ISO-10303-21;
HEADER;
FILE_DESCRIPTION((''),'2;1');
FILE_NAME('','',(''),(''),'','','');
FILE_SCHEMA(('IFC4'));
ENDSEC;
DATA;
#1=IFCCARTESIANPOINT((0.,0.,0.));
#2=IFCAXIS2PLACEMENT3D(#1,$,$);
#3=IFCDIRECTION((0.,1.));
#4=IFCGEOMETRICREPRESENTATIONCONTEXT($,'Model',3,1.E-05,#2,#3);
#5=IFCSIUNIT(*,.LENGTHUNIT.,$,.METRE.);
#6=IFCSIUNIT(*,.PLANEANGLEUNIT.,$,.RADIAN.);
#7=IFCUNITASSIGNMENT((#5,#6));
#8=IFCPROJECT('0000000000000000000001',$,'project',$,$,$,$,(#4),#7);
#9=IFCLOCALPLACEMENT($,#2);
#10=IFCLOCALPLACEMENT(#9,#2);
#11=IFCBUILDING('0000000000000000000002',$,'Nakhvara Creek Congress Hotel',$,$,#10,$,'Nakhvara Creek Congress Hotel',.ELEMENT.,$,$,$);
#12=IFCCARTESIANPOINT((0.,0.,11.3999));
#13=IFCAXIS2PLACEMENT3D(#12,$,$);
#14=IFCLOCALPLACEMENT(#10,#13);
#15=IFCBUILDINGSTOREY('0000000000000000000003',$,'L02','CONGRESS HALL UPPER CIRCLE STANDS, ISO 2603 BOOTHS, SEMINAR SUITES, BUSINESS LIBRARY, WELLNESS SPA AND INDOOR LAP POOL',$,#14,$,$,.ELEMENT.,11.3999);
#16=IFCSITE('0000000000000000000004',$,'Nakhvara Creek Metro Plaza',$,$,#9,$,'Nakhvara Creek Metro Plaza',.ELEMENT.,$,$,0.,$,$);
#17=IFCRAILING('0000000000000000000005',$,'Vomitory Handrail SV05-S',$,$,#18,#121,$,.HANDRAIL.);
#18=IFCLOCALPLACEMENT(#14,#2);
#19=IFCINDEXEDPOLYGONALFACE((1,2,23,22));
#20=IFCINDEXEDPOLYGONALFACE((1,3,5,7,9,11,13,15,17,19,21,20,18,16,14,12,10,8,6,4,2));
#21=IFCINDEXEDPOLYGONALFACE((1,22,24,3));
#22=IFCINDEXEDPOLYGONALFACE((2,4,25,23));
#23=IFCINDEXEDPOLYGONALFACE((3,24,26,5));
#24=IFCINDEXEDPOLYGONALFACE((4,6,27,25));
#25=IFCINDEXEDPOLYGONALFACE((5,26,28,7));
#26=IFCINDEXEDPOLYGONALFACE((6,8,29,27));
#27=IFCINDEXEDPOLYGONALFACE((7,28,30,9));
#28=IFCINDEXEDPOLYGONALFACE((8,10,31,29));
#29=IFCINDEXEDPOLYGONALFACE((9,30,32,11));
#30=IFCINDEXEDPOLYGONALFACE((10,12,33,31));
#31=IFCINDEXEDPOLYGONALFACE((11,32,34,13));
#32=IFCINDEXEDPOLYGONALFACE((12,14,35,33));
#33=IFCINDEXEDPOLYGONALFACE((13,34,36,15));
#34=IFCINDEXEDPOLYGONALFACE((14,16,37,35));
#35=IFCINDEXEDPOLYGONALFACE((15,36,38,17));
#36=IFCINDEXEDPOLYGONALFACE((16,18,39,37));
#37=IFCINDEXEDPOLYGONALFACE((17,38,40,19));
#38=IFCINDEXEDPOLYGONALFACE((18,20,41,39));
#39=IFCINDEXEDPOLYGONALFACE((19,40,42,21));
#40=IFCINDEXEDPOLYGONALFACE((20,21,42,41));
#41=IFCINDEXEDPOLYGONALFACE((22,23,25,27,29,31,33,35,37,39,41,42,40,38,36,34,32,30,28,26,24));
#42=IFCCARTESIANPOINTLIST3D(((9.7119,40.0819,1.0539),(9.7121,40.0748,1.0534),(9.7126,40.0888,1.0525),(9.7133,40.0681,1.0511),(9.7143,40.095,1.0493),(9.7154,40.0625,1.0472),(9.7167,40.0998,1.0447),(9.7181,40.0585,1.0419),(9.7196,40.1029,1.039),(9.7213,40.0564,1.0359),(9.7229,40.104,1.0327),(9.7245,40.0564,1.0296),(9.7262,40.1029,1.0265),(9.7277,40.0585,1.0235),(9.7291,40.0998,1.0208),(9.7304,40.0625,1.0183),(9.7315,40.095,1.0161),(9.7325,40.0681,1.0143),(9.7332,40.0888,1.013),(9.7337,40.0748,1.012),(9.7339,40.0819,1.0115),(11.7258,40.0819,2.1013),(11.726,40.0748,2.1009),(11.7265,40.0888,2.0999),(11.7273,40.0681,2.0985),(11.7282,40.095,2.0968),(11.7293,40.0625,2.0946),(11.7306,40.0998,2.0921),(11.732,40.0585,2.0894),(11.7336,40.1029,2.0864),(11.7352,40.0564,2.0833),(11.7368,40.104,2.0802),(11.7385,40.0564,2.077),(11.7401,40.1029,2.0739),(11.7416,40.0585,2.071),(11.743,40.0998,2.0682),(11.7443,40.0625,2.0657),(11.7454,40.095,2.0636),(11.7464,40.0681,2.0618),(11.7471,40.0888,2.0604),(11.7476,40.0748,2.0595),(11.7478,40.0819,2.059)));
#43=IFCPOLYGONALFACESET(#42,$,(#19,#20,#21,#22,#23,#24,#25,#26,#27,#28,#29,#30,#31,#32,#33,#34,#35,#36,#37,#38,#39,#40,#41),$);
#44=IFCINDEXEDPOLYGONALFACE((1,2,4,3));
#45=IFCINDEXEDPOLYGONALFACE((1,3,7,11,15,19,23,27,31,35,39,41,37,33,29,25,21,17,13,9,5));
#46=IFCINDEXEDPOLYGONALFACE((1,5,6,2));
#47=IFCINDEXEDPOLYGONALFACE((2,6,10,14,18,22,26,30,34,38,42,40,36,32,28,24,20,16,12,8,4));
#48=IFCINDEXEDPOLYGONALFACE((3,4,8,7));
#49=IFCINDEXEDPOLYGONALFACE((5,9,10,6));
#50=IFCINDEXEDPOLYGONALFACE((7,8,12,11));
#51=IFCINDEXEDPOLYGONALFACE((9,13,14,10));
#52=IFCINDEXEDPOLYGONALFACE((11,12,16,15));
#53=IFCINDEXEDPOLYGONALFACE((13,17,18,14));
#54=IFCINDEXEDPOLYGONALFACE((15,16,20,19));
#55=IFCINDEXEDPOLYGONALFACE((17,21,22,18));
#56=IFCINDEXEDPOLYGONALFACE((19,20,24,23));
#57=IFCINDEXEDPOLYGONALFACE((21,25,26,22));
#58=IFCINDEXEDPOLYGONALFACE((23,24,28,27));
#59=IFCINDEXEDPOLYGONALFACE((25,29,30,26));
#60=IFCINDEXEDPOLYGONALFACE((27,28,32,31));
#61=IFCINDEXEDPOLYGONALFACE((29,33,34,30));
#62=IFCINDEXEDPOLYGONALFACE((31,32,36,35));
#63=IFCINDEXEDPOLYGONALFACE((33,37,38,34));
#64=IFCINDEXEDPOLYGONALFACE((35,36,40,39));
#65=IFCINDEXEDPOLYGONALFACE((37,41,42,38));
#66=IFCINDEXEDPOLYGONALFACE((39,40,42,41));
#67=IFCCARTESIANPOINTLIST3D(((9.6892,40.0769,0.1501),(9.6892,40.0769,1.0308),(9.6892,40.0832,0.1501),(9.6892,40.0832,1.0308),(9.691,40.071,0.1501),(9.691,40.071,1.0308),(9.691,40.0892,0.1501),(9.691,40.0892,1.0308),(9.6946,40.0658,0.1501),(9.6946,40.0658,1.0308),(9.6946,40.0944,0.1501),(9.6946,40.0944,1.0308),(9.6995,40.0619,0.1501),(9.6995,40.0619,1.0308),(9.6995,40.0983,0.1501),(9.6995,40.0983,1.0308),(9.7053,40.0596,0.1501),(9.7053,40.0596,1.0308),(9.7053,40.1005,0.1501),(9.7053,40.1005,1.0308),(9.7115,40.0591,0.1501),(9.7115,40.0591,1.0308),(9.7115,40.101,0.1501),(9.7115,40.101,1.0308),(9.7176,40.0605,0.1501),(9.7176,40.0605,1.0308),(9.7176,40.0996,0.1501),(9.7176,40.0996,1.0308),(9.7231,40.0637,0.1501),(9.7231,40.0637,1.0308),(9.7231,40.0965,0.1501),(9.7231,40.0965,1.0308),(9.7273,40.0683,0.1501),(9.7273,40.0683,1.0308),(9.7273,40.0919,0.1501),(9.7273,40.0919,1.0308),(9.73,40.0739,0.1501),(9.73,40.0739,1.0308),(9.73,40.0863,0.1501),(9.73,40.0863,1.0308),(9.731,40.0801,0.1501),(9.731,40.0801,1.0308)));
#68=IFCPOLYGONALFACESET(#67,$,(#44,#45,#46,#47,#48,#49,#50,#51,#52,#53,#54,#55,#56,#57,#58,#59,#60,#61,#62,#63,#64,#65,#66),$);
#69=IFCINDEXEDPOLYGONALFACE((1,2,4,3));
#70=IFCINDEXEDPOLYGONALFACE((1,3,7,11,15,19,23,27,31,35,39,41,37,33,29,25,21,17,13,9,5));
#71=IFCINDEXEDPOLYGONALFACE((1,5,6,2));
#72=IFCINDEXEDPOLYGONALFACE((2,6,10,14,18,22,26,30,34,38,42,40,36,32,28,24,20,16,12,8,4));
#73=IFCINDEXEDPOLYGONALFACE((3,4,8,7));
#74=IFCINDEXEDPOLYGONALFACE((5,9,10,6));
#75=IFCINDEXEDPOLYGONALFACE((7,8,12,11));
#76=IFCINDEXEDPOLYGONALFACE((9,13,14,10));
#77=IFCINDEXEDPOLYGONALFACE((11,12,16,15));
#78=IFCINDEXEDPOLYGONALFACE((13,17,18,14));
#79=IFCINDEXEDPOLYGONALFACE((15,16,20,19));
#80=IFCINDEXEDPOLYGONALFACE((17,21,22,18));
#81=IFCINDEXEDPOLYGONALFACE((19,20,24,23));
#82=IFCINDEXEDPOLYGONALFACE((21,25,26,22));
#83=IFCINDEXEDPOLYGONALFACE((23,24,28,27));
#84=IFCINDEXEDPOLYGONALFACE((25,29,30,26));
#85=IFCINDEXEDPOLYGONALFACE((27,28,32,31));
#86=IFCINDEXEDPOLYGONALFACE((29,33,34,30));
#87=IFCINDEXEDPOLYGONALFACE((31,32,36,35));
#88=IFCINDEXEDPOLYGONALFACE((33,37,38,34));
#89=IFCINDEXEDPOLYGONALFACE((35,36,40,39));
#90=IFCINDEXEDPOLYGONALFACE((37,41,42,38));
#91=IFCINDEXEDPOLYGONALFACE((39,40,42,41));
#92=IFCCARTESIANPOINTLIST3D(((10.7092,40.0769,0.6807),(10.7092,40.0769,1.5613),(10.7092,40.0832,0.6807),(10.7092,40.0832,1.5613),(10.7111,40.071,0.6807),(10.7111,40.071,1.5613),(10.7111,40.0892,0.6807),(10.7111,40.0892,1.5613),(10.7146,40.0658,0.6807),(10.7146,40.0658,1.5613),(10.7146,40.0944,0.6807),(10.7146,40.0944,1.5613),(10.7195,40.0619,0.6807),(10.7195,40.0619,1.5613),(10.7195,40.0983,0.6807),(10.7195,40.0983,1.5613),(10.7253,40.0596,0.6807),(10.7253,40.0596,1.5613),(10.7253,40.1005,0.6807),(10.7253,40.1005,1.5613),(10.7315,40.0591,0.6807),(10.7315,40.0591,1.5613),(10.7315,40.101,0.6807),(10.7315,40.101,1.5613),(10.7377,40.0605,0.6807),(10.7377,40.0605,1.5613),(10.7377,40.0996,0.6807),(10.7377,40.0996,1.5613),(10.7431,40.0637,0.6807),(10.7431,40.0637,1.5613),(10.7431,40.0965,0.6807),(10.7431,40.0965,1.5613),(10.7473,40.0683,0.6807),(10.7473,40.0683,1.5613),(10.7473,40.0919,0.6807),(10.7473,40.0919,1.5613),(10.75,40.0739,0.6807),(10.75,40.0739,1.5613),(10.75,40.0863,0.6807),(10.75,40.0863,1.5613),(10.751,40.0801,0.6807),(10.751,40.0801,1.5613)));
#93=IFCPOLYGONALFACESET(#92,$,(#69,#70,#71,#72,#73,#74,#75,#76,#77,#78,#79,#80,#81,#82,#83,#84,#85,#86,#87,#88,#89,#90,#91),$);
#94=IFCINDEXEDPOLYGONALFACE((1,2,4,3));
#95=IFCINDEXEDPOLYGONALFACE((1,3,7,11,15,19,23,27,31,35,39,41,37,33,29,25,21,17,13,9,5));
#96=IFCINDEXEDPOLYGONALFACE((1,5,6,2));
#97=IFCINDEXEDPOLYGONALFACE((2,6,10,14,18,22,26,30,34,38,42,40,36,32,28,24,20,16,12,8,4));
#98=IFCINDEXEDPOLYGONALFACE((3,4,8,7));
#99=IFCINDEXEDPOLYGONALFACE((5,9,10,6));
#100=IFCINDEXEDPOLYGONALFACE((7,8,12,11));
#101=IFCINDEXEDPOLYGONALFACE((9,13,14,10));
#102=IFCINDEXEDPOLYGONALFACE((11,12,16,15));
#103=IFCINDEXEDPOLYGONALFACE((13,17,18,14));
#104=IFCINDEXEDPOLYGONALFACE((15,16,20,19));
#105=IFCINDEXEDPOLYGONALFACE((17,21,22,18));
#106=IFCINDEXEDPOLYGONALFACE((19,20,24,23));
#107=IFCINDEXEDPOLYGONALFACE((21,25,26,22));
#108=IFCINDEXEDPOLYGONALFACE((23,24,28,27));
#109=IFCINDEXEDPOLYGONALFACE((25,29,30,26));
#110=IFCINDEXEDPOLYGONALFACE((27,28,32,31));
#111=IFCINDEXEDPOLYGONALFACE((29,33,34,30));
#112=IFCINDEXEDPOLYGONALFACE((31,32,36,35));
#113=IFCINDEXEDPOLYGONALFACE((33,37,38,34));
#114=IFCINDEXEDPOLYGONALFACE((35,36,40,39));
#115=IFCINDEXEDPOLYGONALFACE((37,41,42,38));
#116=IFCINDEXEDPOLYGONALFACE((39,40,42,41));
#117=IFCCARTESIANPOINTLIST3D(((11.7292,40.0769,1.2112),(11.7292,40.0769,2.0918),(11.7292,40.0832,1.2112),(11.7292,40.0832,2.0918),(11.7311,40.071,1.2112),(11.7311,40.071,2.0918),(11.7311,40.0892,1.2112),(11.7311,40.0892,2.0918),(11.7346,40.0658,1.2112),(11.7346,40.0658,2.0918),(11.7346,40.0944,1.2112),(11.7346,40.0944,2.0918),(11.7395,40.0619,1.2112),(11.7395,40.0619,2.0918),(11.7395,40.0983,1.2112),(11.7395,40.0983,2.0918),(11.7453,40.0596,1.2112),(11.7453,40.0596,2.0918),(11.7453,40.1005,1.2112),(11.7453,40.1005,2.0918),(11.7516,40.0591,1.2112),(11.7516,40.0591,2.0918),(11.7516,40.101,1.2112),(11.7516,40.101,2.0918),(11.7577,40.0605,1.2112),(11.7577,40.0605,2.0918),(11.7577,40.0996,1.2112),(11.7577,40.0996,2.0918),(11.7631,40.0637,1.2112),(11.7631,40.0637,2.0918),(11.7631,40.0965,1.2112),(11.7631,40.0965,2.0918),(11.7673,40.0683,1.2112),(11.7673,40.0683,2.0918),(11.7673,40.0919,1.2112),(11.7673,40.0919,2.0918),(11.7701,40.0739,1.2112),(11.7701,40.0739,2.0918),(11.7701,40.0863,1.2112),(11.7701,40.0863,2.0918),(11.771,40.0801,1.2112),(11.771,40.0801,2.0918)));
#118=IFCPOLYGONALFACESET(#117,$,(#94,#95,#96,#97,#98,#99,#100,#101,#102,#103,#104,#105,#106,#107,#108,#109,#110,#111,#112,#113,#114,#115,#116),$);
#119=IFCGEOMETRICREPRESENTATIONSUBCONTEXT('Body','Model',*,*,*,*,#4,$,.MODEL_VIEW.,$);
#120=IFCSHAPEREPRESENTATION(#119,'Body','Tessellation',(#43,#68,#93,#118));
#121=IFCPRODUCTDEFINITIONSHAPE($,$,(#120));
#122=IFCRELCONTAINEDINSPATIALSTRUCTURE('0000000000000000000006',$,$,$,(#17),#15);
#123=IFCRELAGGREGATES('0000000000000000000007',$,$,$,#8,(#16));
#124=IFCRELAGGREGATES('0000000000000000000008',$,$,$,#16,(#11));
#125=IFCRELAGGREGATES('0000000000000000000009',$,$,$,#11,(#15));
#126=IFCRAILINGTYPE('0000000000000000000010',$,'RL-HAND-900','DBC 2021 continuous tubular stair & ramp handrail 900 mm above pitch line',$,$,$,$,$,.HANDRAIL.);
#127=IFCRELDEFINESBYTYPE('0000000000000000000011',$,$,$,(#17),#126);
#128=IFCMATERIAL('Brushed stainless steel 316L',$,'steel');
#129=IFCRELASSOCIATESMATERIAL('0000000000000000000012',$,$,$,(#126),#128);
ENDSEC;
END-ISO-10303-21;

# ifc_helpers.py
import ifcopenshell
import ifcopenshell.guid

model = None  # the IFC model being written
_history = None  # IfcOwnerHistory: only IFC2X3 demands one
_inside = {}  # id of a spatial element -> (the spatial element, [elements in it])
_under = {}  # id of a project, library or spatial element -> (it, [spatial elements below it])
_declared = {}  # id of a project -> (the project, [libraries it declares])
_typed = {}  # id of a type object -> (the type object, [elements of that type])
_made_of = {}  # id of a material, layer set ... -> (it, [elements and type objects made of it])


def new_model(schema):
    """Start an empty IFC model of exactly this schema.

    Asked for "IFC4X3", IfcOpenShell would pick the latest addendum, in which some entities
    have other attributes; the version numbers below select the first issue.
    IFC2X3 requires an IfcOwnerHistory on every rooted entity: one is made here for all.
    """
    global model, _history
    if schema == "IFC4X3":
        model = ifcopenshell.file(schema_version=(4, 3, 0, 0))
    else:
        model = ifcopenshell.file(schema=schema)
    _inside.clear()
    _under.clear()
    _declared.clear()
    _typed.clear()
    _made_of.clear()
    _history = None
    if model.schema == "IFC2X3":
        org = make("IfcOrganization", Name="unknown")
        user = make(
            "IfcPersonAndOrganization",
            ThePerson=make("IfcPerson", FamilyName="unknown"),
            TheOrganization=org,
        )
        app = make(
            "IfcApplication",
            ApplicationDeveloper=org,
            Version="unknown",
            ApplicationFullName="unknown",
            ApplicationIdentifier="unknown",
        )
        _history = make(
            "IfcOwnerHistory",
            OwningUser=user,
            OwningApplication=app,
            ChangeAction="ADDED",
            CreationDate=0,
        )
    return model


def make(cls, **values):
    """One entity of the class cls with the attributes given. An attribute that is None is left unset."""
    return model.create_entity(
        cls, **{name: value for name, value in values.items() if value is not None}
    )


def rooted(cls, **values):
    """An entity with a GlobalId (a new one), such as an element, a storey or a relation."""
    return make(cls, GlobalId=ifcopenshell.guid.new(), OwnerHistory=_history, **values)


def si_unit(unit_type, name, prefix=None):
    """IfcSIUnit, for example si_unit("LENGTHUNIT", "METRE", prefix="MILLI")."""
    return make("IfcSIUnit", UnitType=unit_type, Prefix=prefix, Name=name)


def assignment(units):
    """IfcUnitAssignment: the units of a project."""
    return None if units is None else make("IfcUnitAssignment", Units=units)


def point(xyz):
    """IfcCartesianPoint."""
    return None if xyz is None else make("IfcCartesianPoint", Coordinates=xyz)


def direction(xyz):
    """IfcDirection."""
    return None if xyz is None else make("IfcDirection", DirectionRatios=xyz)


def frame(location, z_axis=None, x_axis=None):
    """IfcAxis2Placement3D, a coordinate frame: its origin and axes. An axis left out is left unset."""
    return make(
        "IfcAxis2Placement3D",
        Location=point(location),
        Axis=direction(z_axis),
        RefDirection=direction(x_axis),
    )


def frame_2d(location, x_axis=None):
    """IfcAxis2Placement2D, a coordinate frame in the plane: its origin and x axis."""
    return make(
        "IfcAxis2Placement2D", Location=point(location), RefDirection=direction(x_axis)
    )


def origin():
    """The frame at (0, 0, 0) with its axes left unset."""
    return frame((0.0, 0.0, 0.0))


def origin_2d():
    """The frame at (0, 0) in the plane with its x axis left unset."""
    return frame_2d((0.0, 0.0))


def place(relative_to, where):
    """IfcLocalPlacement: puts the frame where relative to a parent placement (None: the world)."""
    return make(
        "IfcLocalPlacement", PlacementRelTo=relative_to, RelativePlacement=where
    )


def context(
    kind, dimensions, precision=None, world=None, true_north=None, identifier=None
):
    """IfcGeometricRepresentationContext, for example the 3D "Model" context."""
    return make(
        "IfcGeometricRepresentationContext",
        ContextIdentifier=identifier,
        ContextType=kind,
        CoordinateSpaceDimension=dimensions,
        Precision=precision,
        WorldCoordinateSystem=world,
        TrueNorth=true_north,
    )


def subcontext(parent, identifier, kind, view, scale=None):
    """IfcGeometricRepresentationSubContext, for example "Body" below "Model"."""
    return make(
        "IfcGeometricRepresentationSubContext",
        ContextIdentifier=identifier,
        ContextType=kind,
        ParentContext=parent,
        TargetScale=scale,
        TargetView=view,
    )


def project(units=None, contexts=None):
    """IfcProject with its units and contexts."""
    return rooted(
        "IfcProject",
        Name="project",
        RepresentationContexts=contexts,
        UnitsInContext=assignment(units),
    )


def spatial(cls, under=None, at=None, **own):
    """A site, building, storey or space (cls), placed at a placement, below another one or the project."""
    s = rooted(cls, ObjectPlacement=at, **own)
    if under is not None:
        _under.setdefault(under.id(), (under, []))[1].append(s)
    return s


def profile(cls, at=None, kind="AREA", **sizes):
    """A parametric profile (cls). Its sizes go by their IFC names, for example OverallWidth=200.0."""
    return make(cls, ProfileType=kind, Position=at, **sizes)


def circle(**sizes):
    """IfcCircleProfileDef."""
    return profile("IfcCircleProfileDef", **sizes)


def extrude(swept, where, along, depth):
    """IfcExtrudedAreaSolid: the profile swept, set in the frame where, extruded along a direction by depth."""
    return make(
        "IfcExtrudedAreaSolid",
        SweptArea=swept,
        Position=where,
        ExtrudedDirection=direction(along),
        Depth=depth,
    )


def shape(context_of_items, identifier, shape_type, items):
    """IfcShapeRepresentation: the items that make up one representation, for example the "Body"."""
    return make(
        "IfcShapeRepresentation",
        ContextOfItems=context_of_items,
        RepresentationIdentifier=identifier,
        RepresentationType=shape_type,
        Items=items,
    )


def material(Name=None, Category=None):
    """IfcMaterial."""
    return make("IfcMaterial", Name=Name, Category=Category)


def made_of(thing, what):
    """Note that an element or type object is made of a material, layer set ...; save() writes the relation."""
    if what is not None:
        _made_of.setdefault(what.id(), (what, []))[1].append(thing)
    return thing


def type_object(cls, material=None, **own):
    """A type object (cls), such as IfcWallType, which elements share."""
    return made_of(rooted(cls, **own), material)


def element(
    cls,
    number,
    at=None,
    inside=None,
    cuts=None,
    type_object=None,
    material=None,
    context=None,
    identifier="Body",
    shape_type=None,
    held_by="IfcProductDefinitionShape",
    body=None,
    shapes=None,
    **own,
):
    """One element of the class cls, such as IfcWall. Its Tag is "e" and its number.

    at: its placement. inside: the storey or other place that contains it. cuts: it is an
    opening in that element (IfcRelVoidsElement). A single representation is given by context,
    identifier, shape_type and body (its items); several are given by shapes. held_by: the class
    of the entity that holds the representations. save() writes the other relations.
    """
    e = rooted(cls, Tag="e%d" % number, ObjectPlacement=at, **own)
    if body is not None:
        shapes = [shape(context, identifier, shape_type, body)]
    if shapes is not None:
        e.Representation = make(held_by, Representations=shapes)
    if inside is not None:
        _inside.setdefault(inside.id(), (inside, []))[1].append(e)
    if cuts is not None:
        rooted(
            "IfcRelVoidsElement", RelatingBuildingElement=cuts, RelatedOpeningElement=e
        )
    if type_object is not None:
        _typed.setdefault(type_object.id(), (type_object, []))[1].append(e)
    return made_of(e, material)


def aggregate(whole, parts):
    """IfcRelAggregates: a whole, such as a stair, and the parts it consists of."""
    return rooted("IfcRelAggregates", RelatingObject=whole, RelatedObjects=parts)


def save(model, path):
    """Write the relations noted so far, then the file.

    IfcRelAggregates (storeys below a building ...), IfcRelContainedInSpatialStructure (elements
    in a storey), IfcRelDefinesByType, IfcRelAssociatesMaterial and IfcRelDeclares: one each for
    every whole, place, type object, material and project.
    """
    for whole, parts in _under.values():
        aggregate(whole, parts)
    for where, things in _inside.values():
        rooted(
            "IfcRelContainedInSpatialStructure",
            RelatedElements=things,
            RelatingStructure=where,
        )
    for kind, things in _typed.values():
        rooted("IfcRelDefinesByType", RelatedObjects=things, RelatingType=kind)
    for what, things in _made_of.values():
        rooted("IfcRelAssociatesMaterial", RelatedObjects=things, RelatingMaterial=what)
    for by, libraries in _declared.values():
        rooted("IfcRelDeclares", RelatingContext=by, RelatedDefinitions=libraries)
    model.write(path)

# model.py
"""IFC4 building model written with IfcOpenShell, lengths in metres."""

from ifc_helpers import new_model, si_unit, direction, frame, origin, origin_2d, place, context, subcontext, project, spatial, circle, extrude, material, type_object, element, save


model = new_model("IFC4")

# Units and contexts
model_context = context("Model", 3, precision=1e-05, world=origin(), true_north=direction((0.0, 1.0)))
body_context = subcontext(model_context, "Body", "Model", "MODEL_VIEW")
ifc_project = project(units=[si_unit("LENGTHUNIT", "METRE"), si_unit("PLANEANGLEUNIT", "RADIAN")], contexts=[model_context])

# Site, building, storey
site_placement = place(None, origin())
site = spatial("IfcSite", under=ifc_project, at=site_placement, Name="Nakhvara Creek Metro Plaza", LongName="Nakhvara Creek Metro Plaza", CompositionType="ELEMENT", RefElevation=0.0)
building_placement = place(site_placement, origin())
building = spatial("IfcBuilding", under=site, at=building_placement, Name="Nakhvara Creek Congress Hotel", LongName="Nakhvara Creek Congress Hotel", CompositionType="ELEMENT")
storey_placement = place(building_placement, frame((0.0, 0.0, 11.3999)))
storey = spatial("IfcBuildingStorey", under=building, at=storey_placement, Name="L02", Description="CONGRESS HALL UPPER CIRCLE STANDS, ISO 2603 BOOTHS, SEMINAR SUITES, BUSINESS LIBRARY, WELLNESS SPA AND INDOOR LAP POOL", CompositionType="ELEMENT", Elevation=11.3999)

# Railing
ifc_material_1 = material(Name="Brushed stainless steel 316L", Category="steel")
railing_type_1 = type_object("IfcRailingType", Name="RL-HAND-900", Description="DBC 2021 continuous tubular stair & ramp handrail 900 mm above pitch line", PredefinedType="HANDRAIL", material=ifc_material_1)
railing_1_placement = place(storey_placement, frame((9.71, 40.0801, 0.1501)))
element("IfcRailing", 1, at=railing_1_placement, inside=storey, type_object=railing_type_1, Name="Vomitory Handrail SV05-S", PredefinedType="HANDRAIL", context=body_context, shape_type="SweptSolid", body=[
    extrude(circle(Radius=0.0239, at=origin_2d()), frame((0.0129, 0.0, 0.8826), z_axis=(0.887179, 0.0, 0.461426), x_axis=(0.0, 1.0, 0.0)), (0.0, 0.0, 1.0), 2.27),
    extrude(circle(Radius=0.021, at=origin_2d()), origin(), (0.0, 0.0, 1.0), 0.8806),
    extrude(circle(Radius=0.021, at=origin_2d()), frame((1.02, 0.0, 0.5305)), (0.0, 0.0, 1.0), 0.8806),
    extrude(circle(Radius=0.021, at=origin_2d()), frame((2.04, 0.0, 1.061)), (0.0, 0.0, 1.0), 0.8806),
])

save(model, "model.ifc")
